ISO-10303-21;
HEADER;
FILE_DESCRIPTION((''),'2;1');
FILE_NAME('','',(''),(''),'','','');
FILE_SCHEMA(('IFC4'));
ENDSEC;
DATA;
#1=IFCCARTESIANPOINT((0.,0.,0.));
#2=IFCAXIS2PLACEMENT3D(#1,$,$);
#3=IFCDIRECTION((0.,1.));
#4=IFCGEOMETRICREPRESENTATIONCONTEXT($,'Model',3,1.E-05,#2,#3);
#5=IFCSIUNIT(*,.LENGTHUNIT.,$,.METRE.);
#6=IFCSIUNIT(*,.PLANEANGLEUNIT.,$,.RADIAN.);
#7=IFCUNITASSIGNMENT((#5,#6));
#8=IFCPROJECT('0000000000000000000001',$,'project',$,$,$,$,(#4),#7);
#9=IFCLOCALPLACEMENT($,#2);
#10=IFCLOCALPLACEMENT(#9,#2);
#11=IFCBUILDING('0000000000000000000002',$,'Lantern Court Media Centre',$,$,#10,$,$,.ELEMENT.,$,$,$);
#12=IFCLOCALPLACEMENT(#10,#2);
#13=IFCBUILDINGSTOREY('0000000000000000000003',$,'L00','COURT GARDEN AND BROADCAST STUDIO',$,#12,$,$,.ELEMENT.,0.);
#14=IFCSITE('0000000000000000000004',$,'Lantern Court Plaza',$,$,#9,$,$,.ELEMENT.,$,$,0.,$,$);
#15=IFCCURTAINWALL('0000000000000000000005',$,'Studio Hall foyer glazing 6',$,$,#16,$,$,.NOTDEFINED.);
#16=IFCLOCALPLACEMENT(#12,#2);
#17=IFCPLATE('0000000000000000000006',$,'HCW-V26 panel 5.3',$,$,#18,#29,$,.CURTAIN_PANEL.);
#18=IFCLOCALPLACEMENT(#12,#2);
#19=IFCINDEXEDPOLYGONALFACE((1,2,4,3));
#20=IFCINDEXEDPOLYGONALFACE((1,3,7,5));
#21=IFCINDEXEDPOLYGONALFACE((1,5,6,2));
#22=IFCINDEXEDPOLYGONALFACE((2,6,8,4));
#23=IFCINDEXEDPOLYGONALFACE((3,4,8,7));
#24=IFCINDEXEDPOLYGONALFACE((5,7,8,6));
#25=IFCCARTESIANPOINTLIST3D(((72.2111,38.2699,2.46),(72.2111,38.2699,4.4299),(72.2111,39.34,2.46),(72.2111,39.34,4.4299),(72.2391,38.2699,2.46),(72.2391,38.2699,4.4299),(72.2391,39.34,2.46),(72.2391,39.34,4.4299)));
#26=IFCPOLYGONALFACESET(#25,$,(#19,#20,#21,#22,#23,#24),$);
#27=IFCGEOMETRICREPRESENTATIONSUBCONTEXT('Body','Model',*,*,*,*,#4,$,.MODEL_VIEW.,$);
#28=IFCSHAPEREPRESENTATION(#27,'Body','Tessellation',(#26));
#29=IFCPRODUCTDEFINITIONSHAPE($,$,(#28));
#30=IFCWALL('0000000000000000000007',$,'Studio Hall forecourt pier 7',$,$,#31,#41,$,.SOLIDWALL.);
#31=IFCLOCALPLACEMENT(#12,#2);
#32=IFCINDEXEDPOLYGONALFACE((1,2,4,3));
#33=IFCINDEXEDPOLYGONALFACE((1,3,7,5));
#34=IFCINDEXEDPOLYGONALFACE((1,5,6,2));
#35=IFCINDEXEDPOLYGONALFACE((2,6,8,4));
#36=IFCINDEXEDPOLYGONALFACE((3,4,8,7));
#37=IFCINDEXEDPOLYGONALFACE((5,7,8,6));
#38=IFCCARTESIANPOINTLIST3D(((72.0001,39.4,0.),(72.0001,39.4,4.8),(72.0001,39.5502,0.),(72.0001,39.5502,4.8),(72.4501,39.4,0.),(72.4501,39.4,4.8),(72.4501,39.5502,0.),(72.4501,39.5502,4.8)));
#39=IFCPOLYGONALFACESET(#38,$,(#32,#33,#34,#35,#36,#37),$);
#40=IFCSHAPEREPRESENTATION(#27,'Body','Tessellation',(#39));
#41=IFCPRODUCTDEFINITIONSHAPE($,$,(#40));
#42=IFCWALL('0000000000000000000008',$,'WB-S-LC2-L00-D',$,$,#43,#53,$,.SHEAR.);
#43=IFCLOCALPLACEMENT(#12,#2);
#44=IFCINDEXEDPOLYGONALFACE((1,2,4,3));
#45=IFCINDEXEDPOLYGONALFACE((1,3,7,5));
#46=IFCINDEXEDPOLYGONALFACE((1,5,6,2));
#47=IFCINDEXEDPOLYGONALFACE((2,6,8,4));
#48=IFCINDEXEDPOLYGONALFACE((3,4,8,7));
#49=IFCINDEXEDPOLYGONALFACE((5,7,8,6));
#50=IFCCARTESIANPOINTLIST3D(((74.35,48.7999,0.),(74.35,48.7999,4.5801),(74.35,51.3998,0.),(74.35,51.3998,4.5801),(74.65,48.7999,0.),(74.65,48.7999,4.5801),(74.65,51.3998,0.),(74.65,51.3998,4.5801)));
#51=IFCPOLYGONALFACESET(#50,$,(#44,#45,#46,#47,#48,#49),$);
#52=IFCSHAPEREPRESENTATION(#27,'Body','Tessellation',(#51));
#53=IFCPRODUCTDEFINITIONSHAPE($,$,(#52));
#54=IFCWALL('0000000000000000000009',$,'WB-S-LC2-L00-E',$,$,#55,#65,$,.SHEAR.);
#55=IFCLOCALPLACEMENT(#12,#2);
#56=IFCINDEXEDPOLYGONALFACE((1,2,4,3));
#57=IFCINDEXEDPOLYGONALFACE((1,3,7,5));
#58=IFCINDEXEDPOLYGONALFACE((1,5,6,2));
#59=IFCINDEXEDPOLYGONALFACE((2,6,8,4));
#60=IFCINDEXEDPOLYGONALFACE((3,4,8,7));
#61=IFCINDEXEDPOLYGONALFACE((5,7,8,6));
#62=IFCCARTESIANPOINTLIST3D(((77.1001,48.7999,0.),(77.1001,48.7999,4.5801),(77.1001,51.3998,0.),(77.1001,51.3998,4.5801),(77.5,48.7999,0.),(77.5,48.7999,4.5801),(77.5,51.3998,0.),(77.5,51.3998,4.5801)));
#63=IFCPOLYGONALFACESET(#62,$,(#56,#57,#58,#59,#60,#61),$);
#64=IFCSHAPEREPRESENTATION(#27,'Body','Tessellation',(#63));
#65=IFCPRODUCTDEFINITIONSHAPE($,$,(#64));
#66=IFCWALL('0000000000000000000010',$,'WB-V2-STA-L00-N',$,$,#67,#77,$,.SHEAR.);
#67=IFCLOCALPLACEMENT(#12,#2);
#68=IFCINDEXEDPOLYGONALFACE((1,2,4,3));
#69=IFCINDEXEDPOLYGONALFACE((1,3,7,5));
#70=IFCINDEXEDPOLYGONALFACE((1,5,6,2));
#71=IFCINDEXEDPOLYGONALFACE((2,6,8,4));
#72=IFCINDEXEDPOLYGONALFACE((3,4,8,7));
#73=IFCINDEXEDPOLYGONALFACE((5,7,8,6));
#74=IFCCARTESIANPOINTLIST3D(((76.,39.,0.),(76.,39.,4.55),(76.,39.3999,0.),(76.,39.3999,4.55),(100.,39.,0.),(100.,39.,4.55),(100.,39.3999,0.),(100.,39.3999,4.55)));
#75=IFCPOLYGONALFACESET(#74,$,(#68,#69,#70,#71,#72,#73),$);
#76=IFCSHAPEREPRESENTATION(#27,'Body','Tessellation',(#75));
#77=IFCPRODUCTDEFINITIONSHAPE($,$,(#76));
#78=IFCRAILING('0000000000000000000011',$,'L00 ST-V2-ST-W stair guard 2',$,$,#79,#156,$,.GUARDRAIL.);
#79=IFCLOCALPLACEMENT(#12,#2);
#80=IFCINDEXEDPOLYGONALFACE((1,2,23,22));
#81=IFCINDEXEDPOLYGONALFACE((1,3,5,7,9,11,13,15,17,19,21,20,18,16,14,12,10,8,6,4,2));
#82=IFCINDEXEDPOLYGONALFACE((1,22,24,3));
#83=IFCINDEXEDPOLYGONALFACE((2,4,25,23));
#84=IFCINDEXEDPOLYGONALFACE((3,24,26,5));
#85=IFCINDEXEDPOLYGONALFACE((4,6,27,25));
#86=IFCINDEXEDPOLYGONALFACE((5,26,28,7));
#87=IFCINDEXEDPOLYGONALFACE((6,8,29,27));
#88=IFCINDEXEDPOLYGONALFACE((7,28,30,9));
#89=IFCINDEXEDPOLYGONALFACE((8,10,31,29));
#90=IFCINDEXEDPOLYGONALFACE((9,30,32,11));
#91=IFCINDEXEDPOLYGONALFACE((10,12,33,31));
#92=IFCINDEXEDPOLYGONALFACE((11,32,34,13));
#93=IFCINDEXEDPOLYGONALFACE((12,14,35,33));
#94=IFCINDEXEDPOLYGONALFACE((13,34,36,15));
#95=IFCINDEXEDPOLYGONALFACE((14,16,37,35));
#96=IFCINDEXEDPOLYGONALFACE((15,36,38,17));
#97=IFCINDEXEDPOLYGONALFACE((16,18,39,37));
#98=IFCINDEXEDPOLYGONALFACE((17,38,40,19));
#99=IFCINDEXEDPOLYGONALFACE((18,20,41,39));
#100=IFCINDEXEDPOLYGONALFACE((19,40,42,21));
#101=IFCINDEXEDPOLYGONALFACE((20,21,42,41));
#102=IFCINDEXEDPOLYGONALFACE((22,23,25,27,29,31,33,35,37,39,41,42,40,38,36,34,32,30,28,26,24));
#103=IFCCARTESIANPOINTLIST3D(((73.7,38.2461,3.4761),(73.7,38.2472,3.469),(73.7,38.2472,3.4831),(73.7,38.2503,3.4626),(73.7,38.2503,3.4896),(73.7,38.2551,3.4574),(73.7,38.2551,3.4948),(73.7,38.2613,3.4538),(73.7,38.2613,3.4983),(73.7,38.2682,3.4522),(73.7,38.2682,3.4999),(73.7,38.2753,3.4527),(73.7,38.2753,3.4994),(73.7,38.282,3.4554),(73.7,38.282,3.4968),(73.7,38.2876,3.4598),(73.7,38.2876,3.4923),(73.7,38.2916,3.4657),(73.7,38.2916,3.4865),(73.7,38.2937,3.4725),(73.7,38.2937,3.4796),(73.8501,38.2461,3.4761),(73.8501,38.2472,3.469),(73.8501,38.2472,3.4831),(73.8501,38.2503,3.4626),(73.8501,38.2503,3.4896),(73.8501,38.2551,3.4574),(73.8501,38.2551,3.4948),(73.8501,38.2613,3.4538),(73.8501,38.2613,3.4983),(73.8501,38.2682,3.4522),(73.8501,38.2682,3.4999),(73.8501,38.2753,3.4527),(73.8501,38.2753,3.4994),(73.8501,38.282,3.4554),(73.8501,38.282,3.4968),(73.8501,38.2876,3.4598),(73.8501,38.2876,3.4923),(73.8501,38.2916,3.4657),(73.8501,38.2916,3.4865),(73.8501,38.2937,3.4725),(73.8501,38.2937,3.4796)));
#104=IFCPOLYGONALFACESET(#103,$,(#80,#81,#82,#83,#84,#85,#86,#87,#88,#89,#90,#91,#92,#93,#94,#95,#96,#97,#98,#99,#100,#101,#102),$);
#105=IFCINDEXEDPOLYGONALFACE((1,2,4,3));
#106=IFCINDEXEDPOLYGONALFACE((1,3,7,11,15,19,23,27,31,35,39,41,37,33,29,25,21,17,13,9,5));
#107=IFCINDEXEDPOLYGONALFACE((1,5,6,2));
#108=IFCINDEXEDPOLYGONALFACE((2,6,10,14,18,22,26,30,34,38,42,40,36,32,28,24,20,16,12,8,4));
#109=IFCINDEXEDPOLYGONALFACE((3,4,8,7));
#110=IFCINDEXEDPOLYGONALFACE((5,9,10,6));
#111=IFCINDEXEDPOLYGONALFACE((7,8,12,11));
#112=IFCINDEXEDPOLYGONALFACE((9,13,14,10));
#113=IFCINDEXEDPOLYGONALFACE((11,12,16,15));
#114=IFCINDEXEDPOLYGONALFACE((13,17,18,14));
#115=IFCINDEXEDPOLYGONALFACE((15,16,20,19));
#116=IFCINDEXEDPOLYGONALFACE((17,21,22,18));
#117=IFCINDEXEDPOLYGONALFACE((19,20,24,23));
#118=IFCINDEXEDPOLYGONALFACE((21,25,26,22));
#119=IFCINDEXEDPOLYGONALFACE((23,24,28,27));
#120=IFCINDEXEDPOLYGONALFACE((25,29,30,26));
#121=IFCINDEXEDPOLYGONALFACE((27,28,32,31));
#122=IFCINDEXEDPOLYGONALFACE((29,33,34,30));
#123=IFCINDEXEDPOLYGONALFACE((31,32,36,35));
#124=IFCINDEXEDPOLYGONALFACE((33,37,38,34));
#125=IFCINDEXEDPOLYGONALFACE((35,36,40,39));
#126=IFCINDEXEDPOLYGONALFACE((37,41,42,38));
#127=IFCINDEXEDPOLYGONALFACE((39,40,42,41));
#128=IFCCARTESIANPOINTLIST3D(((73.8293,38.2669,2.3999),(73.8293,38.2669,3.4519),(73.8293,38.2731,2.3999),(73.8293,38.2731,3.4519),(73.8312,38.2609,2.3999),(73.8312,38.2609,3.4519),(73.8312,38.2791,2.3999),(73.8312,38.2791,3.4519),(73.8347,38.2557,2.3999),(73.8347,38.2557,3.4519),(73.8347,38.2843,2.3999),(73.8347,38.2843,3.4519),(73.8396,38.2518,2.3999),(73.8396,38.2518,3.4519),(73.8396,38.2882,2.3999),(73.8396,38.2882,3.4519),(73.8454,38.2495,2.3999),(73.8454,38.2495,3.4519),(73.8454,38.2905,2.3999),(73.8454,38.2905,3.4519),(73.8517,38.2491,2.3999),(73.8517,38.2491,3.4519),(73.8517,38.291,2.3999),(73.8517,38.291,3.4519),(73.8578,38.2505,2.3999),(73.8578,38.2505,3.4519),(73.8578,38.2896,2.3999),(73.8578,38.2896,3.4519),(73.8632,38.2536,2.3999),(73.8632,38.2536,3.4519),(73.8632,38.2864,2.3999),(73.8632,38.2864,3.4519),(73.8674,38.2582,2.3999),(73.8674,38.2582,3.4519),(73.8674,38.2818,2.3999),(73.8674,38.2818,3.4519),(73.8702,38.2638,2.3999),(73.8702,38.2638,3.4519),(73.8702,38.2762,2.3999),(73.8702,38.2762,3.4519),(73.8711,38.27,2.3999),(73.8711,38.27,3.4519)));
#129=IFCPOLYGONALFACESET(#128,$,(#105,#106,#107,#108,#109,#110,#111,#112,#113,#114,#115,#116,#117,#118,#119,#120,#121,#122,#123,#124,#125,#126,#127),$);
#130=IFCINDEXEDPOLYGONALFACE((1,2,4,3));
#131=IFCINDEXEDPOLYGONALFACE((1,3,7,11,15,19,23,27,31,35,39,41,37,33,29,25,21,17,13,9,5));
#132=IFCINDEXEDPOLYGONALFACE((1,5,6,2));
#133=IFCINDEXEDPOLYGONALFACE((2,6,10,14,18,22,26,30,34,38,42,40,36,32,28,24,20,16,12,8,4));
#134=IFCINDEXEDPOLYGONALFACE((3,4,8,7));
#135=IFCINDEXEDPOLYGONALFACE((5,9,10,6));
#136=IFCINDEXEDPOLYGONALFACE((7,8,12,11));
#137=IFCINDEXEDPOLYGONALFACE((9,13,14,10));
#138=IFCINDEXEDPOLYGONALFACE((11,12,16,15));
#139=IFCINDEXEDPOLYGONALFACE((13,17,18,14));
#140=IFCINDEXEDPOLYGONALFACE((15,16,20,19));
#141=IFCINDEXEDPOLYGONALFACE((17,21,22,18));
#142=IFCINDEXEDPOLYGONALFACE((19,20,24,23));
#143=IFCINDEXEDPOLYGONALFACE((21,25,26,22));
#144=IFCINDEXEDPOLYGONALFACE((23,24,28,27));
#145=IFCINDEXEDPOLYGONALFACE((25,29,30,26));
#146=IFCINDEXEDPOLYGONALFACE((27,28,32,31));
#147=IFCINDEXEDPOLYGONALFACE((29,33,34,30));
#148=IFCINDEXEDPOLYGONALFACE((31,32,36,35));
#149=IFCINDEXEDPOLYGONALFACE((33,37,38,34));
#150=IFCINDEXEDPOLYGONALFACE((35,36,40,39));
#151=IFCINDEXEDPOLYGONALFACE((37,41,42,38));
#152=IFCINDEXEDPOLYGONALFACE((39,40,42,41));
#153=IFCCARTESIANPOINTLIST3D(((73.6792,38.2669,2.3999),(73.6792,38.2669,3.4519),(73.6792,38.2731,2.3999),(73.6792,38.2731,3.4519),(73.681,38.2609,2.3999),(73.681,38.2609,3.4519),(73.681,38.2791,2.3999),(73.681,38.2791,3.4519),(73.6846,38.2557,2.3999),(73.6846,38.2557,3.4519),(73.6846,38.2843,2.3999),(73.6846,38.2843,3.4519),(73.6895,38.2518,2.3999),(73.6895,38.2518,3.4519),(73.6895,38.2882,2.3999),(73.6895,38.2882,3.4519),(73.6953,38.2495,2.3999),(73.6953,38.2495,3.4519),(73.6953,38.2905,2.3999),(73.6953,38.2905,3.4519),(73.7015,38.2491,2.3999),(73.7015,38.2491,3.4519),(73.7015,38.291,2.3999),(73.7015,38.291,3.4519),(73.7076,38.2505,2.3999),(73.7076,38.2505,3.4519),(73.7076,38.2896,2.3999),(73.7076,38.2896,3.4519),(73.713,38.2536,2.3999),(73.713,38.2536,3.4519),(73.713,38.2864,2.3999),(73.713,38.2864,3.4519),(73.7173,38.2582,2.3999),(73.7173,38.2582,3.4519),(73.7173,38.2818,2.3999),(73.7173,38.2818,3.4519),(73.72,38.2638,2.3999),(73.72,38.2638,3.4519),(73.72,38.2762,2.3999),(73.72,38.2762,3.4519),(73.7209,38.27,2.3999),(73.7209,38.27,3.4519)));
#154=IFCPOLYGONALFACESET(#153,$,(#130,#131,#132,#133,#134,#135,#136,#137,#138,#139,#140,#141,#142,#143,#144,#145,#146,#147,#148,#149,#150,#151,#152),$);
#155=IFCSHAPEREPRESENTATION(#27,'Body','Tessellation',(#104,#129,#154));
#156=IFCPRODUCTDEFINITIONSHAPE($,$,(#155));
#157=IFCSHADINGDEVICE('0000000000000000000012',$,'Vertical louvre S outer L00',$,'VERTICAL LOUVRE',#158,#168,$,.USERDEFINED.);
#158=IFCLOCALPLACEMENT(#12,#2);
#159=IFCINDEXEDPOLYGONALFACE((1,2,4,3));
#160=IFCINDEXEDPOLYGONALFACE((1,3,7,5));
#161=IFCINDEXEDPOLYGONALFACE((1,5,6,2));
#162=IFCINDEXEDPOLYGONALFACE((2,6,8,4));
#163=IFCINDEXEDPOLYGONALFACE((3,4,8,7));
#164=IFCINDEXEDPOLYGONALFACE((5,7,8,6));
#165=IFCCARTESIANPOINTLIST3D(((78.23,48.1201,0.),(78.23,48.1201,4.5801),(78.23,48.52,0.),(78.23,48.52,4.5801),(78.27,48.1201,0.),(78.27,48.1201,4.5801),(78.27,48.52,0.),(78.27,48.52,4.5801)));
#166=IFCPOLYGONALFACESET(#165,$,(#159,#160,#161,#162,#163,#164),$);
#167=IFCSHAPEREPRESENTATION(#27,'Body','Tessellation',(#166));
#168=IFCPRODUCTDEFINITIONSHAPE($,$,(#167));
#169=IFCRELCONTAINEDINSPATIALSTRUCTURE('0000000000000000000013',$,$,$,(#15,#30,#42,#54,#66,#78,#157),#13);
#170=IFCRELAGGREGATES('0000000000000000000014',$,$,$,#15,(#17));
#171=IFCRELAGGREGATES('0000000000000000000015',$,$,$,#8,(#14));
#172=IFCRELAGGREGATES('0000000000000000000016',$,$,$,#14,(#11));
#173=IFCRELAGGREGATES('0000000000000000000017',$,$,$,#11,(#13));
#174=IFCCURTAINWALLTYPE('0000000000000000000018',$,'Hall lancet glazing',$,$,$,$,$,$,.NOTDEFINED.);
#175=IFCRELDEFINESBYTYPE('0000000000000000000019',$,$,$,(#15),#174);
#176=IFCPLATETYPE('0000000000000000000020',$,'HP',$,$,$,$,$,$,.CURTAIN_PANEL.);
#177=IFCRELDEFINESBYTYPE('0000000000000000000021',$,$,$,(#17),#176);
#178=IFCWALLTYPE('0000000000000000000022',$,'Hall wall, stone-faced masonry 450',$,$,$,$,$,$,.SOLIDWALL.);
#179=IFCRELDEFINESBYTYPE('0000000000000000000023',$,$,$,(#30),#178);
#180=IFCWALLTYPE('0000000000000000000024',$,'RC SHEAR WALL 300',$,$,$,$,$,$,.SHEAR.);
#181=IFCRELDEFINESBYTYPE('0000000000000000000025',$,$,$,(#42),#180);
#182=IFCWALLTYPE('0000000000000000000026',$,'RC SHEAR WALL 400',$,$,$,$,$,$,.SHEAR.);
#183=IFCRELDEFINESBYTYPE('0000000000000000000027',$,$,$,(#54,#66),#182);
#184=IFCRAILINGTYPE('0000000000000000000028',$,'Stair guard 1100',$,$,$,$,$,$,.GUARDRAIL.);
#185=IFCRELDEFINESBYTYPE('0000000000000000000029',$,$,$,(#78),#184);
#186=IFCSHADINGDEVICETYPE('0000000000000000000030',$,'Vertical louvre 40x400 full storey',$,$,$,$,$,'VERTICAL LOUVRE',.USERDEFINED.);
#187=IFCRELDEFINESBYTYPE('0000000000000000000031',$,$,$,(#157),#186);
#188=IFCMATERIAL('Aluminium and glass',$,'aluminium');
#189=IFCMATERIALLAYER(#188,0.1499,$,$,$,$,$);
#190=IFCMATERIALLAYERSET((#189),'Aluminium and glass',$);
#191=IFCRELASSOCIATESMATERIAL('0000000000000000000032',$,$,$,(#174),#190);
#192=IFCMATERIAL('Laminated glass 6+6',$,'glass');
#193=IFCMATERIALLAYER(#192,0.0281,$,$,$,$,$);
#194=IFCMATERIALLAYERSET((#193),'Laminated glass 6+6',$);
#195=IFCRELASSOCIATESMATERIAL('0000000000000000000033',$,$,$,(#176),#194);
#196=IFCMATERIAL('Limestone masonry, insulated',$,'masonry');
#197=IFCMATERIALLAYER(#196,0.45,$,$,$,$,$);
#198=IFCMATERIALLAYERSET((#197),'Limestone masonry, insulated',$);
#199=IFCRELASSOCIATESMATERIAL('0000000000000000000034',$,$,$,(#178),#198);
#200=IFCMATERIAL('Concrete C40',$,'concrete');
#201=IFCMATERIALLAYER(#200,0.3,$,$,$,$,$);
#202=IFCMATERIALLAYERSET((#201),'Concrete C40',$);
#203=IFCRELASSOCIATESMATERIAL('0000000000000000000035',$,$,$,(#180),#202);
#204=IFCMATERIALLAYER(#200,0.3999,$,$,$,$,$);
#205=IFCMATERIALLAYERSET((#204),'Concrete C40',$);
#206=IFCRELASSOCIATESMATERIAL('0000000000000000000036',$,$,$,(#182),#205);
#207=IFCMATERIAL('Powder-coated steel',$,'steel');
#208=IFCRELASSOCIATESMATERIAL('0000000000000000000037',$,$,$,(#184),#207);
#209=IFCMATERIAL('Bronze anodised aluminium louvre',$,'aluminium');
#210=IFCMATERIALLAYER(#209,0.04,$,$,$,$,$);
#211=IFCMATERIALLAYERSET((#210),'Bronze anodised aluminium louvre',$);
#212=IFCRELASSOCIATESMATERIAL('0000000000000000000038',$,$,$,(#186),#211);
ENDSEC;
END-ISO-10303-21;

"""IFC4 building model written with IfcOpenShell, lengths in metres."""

from ifc_helpers import new_model, si_unit, direction, frame, frame_2d, origin, origin_2d, place, context, subcontext, project, spatial, rectangle, circle, extrude, material, layer, layer_set, type_object, element, aggregate, save


model = new_model("IFC4")

# Units and contexts
model_context = context("Model", 3, precision=1e-05, world=origin(), true_north=direction((0.0, 1.0)))
body_context = subcontext(model_context, "Body", "Model", "MODEL_VIEW")
ifc_project = project(units=[si_unit("LENGTHUNIT", "METRE"), si_unit("PLANEANGLEUNIT", "RADIAN")], contexts=[model_context])

# Site, building, storey
site_placement = place(None, origin())
site = spatial("IfcSite", under=ifc_project, at=site_placement, Name="Lantern Court Plaza", CompositionType="ELEMENT", RefElevation=0.0)
building_placement = place(site_placement, origin())
building = spatial("IfcBuilding", under=site, at=building_placement, Name="Lantern Court Media Centre", CompositionType="ELEMENT")
storey_placement = place(building_placement, origin())
storey = spatial("IfcBuildingStorey", under=building, at=storey_placement, Name="L00", Description="COURT GARDEN AND BROADCAST STUDIO", CompositionType="ELEMENT", Elevation=0.0)

# Curtain wall
ifc_material_1 = material(Name="Aluminium and glass", Category="aluminium")
ifc_layer_1 = layer(ifc_material_1, 0.1499)
ifc_layer_set_1 = layer_set([ifc_layer_1], Name="Aluminium and glass")
curtain_wall_type_1 = type_object("IfcCurtainWallType", Name="Hall lancet glazing", PredefinedType="NOTDEFINED", material=ifc_layer_set_1)
curtain_wall_1_placement = place(storey_placement, origin())
curtain_wall_1 = element("IfcCurtainWall", 1, at=curtain_wall_1_placement, inside=storey, type_object=curtain_wall_type_1, Name="Studio Hall foyer glazing 6", PredefinedType="NOTDEFINED")

# Plate
ifc_material_2 = material(Name="Laminated glass 6+6", Category="glass")
ifc_layer_2 = layer(ifc_material_2, 0.0281)
ifc_layer_set_2 = layer_set([ifc_layer_2], Name="Laminated glass 6+6")
plate_type_1 = type_object("IfcPlateType", Name="HP", PredefinedType="CURTAIN_PANEL", material=ifc_layer_set_2)
plate_1_placement = place(storey_placement, frame((72.2251, 38.8049, 2.46), z_axis=(0.0, 0.0, 1.0), x_axis=(0.0, 1.0, 0.0)))
plate_1 = element("IfcPlate", 2, at=plate_1_placement, type_object=plate_type_1, Name="HCW-V26 panel 5.3", PredefinedType="CURTAIN_PANEL", context=body_context, shape_type="SweptSolid", body=[
    extrude(rectangle(XDim=1.0701, YDim=0.0281, at=origin_2d()), origin(), (0.0, 0.0, 1.0), 1.97),
])
aggregate(curtain_wall_1, [plate_1])

# Walls
ifc_material_3 = material(Name="Limestone masonry, insulated", Category="masonry")
ifc_layer_3 = layer(ifc_material_3, 0.45)
ifc_layer_set_3 = layer_set([ifc_layer_3], Name="Limestone masonry, insulated")
wall_type_1 = type_object("IfcWallType", Name="Hall wall, stone-faced masonry 450", PredefinedType="SOLIDWALL", material=ifc_layer_set_3)
wall_1_placement = place(storey_placement, frame((72.2251, 39.3999, 0.0), z_axis=(0.0, 0.0, 1.0), x_axis=(0.0, 1.0, 0.0)))
element("IfcWall", 3, at=wall_1_placement, inside=storey, type_object=wall_type_1, Name="Studio Hall forecourt pier 7", PredefinedType="SOLIDWALL", context=body_context, shape_type="SweptSolid", body=[
    extrude(rectangle(XDim=0.1501, YDim=0.45, at=frame_2d((0.0752, 0.0))), origin(), (0.0, 0.0, 1.0), 4.8),
])
ifc_material_4 = material(Name="Concrete C40", Category="concrete")
ifc_layer_4 = layer(ifc_material_4, 0.3)
ifc_layer_set_4 = layer_set([ifc_layer_4], Name="Concrete C40")
wall_type_2 = type_object("IfcWallType", Name="RC SHEAR WALL 300", PredefinedType="SHEAR", material=ifc_layer_set_4)
wall_2_placement = place(storey_placement, frame((74.5, 48.8, 0.0), z_axis=(0.0, 0.0, 1.0), x_axis=(0.0, 1.0, 0.0)))
element("IfcWall", 4, at=wall_2_placement, inside=storey, type_object=wall_type_2, Name="WB-S-LC2-L00-D", PredefinedType="SHEAR", context=body_context, shape_type="SweptSolid", body=[
    extrude(rectangle(XDim=2.5999, YDim=0.3, at=frame_2d((1.2998, 0.0))), origin(), (0.0, 0.0, 1.0), 4.5801),
])
ifc_layer_5 = layer(ifc_material_4, 0.3999)
ifc_layer_set_5 = layer_set([ifc_layer_5], Name="Concrete C40")
wall_type_3 = type_object("IfcWallType", Name="RC SHEAR WALL 400", PredefinedType="SHEAR", material=ifc_layer_set_5)
wall_3_placement = place(storey_placement, frame((77.3, 48.8, 0.0), z_axis=(0.0, 0.0, 1.0), x_axis=(0.0, 1.0, 0.0)))
element("IfcWall", 5, at=wall_3_placement, inside=storey, type_object=wall_type_3, Name="WB-S-LC2-L00-E", PredefinedType="SHEAR", context=body_context, shape_type="SweptSolid", body=[
    extrude(rectangle(XDim=2.5999, YDim=0.3999, at=frame_2d((1.2998, 0.0))), origin(), (0.0, 0.0, 1.0), 4.5801),
])
wall_4_placement = place(storey_placement, frame((76.0, 39.2, 0.0), z_axis=(0.0, 0.0, 1.0), x_axis=(1.0, 0.0, 0.0)))
element("IfcWall", 6, at=wall_4_placement, inside=storey, type_object=wall_type_3, Name="WB-V2-STA-L00-N", PredefinedType="SHEAR", context=body_context, shape_type="SweptSolid", body=[
    extrude(rectangle(XDim=24.0, YDim=0.3999, at=frame_2d((12.0, 0.0))), origin(), (0.0, 0.0, 1.0), 4.55),
])

# Railing
ifc_material_5 = material(Name="Powder-coated steel", Category="steel")
railing_type = type_object("IfcRailingType", Name="Stair guard 1100", PredefinedType="GUARDRAIL", material=ifc_material_5)
railing_placement = place(storey_placement, frame((73.8501, 38.27, 2.3999)))
element("IfcRailing", 7, at=railing_placement, inside=storey, type_object=railing_type, Name="L00 ST-V2-ST-W stair guard 2", PredefinedType="GUARDRAIL", context=body_context, shape_type="SweptSolid", body=[
    extrude(circle(Radius=0.0239, at=origin_2d()), frame((0.0, 0.0, 1.0762), z_axis=(-1.0, 0.0, 0.0), x_axis=(0.0, -1.0, 0.0)), (0.0, 0.0, 1.0), 0.1501),
    extrude(circle(Radius=0.021, at=origin_2d()), origin(), (0.0, 0.0, 1.0), 1.052),
    extrude(circle(Radius=0.021, at=origin_2d()), frame((-0.1501, 0.0, 0.0)), (0.0, 0.0, 1.0), 1.052),
])

# Shading device
ifc_material_6 = material(Name="Bronze anodised aluminium louvre", Category="aluminium")
ifc_layer_6 = layer(ifc_material_6, 0.04)
ifc_layer_set_6 = layer_set([ifc_layer_6], Name="Bronze anodised aluminium louvre")
shading_device_type = type_object("IfcShadingDeviceType", Name="Vertical louvre 40x400 full storey", ElementType="VERTICAL LOUVRE", PredefinedType="USERDEFINED", material=ifc_layer_set_6)
shading_device_placement = place(storey_placement, frame((78.25, 48.3201, 0.0), z_axis=(0.0, 0.0, 1.0), x_axis=(1.0, 0.0, 0.0)))
element("IfcShadingDevice", 8, at=shading_device_placement, inside=storey, type_object=shading_device_type, Name="Vertical louvre S outer L00", ObjectType="VERTICAL LOUVRE", PredefinedType="USERDEFINED", context=body_context, shape_type="SweptSolid", body=[
    extrude(rectangle(XDim=0.04, YDim=0.3999, at=origin_2d()), origin(), (0.0, 0.0, 1.0), 4.5801),
])

save(model, "model.ifc")
